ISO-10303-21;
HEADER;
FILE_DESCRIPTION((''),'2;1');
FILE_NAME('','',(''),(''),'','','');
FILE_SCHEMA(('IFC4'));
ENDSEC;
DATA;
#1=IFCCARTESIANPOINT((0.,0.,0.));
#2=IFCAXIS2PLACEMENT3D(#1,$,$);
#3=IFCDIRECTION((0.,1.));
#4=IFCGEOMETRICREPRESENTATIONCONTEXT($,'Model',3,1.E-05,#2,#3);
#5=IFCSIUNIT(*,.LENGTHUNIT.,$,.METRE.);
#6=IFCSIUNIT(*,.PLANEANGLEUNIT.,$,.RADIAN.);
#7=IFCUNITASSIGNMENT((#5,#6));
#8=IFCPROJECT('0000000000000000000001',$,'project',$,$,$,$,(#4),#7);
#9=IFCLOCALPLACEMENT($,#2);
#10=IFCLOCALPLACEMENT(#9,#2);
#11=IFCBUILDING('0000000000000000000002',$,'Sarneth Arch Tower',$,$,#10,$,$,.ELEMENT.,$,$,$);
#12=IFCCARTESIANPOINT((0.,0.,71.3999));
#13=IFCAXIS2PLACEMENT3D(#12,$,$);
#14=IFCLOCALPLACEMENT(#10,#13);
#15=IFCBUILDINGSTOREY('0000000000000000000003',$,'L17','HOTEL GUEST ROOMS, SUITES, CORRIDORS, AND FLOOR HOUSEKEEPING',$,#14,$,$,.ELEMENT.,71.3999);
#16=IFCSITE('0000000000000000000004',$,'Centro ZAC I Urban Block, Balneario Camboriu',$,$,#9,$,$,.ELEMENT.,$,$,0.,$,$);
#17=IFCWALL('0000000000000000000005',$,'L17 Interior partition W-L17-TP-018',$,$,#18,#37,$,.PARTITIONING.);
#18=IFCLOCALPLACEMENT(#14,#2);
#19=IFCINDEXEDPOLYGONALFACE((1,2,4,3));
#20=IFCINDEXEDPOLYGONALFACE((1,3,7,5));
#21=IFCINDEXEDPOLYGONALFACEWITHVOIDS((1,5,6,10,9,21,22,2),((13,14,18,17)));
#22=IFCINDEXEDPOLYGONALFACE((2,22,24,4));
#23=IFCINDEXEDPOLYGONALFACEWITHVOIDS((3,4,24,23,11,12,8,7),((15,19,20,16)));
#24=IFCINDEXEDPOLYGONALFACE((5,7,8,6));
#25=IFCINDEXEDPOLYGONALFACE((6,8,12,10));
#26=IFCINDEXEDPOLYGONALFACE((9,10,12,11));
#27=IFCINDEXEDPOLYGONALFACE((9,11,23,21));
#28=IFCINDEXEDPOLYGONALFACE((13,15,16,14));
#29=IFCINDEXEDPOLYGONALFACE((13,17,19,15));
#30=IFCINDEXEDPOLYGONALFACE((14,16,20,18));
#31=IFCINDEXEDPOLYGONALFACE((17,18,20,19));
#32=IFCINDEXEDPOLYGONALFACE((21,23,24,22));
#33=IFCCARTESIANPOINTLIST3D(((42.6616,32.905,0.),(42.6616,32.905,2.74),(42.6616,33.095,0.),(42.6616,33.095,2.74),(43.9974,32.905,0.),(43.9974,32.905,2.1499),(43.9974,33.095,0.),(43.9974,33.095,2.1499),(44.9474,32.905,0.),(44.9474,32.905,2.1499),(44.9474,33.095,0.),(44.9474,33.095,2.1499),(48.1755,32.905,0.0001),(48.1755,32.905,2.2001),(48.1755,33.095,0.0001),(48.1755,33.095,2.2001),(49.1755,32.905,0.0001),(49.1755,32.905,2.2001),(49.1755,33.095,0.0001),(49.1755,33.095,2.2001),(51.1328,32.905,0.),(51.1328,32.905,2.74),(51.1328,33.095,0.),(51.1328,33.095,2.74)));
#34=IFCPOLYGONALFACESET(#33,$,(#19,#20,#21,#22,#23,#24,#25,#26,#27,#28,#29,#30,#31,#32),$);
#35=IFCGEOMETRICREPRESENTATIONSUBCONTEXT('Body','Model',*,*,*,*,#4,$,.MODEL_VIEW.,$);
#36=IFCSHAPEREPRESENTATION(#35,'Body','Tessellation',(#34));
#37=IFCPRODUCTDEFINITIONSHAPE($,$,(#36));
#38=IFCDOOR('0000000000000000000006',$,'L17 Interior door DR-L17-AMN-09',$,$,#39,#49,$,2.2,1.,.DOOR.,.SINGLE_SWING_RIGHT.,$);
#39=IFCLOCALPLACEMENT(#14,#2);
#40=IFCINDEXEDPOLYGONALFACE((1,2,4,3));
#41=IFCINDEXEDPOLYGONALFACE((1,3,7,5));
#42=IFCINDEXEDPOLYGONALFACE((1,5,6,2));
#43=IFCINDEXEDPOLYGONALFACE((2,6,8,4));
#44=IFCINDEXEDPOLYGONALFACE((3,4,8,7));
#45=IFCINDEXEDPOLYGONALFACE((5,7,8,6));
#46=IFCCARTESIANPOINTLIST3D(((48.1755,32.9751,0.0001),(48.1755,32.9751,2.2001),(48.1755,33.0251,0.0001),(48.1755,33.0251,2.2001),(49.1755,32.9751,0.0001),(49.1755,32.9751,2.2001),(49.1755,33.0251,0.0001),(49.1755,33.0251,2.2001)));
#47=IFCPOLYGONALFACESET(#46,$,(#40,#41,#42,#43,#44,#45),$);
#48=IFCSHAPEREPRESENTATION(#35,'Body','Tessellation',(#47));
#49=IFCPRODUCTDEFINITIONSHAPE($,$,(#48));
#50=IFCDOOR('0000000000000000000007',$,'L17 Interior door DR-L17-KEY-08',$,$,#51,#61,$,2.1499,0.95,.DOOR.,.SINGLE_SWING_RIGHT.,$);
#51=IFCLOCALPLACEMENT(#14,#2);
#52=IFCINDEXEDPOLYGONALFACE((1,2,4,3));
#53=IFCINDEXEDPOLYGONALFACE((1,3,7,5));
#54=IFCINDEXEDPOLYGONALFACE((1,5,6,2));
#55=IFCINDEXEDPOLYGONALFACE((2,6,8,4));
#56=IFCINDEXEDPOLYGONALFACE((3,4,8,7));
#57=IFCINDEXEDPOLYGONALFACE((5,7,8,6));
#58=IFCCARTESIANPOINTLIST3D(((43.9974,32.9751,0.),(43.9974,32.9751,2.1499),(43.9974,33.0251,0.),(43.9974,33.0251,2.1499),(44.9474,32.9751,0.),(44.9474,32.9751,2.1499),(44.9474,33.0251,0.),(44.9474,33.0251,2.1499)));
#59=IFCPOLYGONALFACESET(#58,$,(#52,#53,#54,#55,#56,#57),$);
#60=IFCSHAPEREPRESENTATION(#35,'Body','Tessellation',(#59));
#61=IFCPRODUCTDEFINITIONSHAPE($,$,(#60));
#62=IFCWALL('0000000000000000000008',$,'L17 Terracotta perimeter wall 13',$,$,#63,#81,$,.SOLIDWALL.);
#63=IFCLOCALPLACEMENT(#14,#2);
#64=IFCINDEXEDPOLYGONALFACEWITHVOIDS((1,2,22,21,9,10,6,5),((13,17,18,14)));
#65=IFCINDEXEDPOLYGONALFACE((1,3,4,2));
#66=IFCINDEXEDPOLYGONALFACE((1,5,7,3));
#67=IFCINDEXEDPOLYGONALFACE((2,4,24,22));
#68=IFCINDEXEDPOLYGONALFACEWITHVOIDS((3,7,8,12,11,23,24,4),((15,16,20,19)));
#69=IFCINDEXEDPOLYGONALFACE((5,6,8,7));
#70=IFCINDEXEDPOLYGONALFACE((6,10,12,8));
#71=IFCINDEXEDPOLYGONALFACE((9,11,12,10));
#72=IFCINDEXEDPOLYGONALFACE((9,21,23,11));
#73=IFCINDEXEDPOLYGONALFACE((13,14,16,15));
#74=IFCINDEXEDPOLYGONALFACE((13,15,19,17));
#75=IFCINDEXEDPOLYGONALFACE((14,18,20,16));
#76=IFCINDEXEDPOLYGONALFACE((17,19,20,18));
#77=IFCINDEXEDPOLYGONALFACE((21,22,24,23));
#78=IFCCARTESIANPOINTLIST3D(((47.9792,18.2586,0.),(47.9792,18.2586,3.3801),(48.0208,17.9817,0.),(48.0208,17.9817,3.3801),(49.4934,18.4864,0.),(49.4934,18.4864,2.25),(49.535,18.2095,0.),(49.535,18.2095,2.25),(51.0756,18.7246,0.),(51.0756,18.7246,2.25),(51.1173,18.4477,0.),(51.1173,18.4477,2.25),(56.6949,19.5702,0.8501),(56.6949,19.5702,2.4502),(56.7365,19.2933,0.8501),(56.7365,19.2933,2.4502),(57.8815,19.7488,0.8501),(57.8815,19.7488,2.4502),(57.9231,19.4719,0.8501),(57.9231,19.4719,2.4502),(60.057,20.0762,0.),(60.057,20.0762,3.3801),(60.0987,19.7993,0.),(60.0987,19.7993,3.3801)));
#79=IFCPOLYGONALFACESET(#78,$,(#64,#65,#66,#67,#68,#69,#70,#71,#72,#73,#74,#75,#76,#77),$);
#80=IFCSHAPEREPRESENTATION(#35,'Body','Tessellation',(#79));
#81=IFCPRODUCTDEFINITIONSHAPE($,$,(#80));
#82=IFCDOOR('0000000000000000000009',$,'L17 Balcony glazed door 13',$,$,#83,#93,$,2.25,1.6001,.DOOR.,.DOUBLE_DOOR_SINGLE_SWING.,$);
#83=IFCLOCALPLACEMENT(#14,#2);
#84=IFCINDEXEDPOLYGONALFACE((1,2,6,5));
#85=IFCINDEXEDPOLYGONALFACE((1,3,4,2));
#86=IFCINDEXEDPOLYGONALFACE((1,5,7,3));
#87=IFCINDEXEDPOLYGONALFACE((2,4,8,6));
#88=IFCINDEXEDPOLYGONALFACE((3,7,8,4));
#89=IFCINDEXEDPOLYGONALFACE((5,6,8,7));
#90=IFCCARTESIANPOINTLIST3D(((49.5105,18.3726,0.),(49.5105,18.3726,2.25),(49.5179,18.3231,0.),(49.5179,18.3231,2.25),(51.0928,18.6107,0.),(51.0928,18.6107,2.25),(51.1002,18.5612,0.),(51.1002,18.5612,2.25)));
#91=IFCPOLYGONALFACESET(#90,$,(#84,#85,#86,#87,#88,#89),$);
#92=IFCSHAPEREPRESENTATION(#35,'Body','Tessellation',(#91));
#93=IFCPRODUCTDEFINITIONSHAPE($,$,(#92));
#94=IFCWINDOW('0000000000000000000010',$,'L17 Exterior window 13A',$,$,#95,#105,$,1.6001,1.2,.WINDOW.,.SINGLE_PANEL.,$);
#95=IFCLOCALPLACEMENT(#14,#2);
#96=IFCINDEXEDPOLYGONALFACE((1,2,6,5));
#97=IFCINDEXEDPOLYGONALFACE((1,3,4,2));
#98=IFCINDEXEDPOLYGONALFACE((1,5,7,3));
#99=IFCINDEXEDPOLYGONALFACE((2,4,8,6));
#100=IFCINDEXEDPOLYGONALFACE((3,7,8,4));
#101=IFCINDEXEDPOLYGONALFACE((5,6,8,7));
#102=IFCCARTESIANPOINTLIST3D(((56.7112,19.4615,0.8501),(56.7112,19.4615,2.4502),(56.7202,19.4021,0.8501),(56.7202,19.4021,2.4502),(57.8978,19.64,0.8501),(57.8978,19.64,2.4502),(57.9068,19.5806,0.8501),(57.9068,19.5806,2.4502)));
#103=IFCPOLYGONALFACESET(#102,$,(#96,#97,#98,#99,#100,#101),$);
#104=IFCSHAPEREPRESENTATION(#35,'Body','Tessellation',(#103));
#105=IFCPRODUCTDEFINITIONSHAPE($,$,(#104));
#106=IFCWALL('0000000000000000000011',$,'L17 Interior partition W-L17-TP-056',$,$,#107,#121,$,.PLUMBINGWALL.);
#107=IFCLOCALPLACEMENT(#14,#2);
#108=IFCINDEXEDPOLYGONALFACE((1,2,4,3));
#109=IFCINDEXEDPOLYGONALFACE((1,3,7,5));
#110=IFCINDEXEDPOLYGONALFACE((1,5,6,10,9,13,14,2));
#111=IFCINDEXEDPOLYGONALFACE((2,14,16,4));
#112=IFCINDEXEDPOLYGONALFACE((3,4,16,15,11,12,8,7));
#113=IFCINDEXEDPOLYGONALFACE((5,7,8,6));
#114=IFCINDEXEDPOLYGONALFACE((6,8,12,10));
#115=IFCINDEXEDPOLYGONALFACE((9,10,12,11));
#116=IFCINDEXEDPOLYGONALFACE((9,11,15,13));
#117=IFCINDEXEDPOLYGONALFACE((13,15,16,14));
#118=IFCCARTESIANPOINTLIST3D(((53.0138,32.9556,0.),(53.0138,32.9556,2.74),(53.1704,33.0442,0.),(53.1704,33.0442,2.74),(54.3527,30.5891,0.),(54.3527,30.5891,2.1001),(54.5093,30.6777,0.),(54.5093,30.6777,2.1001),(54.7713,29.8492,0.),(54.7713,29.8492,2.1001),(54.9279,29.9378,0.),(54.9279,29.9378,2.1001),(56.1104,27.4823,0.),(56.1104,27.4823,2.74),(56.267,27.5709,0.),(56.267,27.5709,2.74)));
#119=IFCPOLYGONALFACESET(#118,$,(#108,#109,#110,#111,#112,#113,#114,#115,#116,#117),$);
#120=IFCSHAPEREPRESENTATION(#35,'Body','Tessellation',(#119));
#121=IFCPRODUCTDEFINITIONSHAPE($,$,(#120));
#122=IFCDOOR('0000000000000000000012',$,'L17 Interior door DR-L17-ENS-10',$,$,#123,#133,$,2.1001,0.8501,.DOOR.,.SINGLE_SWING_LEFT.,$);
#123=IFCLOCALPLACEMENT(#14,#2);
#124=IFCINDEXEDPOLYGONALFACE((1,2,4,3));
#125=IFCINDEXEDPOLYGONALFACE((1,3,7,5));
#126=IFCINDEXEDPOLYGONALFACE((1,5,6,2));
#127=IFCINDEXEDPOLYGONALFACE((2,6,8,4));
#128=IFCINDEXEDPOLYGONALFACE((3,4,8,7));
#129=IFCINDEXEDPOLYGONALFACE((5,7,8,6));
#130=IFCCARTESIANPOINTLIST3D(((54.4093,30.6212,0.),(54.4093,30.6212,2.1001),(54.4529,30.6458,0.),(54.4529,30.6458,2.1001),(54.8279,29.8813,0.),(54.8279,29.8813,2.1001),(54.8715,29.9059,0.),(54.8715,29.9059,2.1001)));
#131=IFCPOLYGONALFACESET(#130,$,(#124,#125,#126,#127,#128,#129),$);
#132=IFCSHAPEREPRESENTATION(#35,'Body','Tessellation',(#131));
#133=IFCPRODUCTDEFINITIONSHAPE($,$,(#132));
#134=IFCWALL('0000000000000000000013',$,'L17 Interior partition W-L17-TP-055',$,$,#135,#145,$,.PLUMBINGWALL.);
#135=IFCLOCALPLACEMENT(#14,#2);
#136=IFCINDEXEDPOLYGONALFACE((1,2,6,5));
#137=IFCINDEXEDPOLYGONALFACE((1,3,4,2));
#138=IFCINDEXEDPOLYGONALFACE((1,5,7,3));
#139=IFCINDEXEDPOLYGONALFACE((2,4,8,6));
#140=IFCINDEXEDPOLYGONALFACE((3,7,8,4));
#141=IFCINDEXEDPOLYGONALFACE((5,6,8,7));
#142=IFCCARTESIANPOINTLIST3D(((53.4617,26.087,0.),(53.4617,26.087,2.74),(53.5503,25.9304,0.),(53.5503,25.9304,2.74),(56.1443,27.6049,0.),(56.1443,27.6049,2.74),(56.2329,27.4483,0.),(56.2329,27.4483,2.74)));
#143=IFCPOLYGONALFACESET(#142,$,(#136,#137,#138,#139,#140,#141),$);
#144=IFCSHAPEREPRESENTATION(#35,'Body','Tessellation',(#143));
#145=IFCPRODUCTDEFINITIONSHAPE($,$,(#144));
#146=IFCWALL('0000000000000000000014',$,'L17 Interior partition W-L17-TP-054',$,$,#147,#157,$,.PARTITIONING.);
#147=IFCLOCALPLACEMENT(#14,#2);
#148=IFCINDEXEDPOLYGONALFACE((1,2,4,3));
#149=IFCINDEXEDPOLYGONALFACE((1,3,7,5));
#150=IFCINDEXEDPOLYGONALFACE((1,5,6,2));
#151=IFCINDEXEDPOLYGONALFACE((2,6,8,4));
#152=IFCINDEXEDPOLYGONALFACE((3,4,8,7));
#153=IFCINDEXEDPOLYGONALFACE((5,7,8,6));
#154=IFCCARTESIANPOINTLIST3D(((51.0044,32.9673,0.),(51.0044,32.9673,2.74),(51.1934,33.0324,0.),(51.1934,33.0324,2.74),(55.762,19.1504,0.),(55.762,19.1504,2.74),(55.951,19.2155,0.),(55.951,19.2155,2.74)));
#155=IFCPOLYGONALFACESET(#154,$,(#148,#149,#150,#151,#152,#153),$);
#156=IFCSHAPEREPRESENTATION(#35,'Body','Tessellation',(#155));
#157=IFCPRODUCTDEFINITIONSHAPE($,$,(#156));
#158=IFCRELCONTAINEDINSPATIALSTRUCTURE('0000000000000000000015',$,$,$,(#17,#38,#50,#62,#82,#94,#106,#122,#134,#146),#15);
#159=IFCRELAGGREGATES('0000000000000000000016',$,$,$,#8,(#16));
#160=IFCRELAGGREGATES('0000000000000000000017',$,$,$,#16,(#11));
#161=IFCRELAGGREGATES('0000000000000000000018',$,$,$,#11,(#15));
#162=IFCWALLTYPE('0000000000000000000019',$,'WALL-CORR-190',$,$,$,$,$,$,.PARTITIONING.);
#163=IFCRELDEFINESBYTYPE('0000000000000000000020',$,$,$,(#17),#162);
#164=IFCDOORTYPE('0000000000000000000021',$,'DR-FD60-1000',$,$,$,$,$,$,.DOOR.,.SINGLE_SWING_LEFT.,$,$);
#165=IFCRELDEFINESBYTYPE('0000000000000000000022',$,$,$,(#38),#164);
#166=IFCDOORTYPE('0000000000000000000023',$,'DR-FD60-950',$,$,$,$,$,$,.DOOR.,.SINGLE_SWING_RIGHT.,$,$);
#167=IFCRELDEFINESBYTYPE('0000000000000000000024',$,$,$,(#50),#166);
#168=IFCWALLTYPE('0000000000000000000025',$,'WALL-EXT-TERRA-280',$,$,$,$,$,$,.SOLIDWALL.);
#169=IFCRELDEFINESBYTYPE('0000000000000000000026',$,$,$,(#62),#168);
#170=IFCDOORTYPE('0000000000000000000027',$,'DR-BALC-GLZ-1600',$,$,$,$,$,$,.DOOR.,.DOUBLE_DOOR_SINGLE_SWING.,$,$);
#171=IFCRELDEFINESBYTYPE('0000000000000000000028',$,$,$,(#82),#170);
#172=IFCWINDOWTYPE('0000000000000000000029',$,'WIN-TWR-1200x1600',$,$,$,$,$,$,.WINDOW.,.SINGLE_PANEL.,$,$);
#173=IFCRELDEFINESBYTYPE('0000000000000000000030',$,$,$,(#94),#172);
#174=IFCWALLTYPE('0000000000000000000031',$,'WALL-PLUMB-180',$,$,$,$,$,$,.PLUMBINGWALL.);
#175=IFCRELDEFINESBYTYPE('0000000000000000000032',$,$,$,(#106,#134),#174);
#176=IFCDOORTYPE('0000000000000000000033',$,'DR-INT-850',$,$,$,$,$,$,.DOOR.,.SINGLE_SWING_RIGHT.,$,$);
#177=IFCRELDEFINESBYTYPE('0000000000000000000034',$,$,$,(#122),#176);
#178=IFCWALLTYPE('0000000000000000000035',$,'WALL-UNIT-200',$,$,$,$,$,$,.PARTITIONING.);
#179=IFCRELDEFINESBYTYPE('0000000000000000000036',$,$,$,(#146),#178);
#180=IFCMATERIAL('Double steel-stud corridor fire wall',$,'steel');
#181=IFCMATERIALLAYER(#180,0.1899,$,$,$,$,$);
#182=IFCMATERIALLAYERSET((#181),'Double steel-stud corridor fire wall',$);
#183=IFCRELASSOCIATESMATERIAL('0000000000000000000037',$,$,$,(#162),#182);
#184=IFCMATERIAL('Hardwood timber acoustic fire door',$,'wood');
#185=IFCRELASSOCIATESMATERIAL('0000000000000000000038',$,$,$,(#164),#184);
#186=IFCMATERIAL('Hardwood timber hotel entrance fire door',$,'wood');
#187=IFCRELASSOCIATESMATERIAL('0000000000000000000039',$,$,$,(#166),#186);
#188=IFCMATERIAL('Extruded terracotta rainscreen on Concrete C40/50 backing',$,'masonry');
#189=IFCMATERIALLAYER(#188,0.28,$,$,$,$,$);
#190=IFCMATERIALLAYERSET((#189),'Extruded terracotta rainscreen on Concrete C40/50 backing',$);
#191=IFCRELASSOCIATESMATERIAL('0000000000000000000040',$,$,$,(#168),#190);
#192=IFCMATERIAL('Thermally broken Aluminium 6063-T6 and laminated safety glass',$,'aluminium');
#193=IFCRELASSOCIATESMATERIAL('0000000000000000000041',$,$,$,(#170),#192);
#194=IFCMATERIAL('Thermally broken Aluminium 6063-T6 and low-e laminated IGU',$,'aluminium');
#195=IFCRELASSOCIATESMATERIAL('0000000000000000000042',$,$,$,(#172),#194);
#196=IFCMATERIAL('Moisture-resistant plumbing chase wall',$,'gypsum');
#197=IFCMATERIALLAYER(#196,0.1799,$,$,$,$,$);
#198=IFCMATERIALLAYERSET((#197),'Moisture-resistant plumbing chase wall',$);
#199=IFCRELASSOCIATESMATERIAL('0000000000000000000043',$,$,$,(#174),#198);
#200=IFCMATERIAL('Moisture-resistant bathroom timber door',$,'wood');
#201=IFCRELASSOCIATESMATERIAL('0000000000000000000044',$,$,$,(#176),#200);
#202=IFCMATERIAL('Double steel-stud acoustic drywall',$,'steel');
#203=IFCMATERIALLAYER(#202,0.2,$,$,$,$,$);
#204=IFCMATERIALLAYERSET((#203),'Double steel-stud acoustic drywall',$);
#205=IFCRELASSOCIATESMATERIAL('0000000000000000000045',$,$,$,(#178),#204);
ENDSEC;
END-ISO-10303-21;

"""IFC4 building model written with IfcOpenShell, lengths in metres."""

from ifc_helpers import new_model, si_unit, direction, frame, frame_2d, origin, place, context, subcontext, project, spatial, rectangle, extrude, material, layer, layer_set, type_object, element, fill, save


model = new_model("IFC4")

# Units and contexts
model_context = context("Model", 3, precision=1e-05, world=origin(), true_north=direction((0.0, 1.0)))
body_context = subcontext(model_context, "Body", "Model", "MODEL_VIEW")
ifc_project = project(units=[si_unit("LENGTHUNIT", "METRE"), si_unit("PLANEANGLEUNIT", "RADIAN")], contexts=[model_context])

# Site, building, storey
site_placement = place(None, origin())
site = spatial("IfcSite", under=ifc_project, at=site_placement, Name="Centro ZAC I Urban Block, Balneario Camboriu", CompositionType="ELEMENT", RefElevation=0.0)
building_placement = place(site_placement, origin())
building = spatial("IfcBuilding", under=site, at=building_placement, Name="Sarneth Arch Tower", CompositionType="ELEMENT")
storey_placement = place(building_placement, frame((0.0, 0.0, 71.3999)))
storey = spatial("IfcBuildingStorey", under=building, at=storey_placement, Name="L17", Description="HOTEL GUEST ROOMS, SUITES, CORRIDORS, AND FLOOR HOUSEKEEPING", CompositionType="ELEMENT", Elevation=71.3999)

# Wall, openings, doors
ifc_material_1 = material(Name="Double steel-stud corridor fire wall", Category="steel")
ifc_layer_1 = layer(ifc_material_1, 0.1899)
ifc_layer_set_1 = layer_set([ifc_layer_1], Name="Double steel-stud corridor fire wall")
wall_type_1 = type_object("IfcWallType", Name="WALL-CORR-190", PredefinedType="PARTITIONING", material=ifc_layer_set_1)
wall_1_placement = place(storey_placement, frame((51.1328, 33.0, 0.0), z_axis=(0.0, 0.0, 1.0), x_axis=(-1.0, 0.0, 0.0)))
wall_1 = element("IfcWall", 1, at=wall_1_placement, inside=storey, type_object=wall_type_1, Name="L17 Interior partition W-L17-TP-018", PredefinedType="PARTITIONING", context=body_context, shape_type="SweptSolid", body=[
    extrude(rectangle(XDim=8.4712, YDim=0.1899, at=frame_2d((4.2356, 0.0))), origin(), (0.0, 0.0, 1.0), 2.74),
])
opening_1_placement = place(wall_1_placement, frame((1.9573, 0.0, 0.0)))
opening_1 = element("IfcOpeningElement", 2, at=opening_1_placement, cuts=wall_1, PredefinedType="OPENING", context=body_context, shape_type="SweptSolid", body=[
    extrude(rectangle(XDim=1.0, YDim=2.2, at=frame_2d((0.5, 1.1001))), frame((0.0, 0.105, 0.0), z_axis=(0.0, -1.0, 0.0), x_axis=(1.0, 0.0, 0.0)), (0.0, 0.0, 1.0), 0.21),
])
opening_2_placement = place(wall_1_placement, frame((6.1853, 0.0, 0.0)))
opening_2 = element("IfcOpeningElement", 3, at=opening_2_placement, cuts=wall_1, PredefinedType="OPENING", context=body_context, shape_type="SweptSolid", body=[
    extrude(rectangle(XDim=0.95, YDim=2.1499, at=frame_2d((0.4751, 1.075))), frame((0.0, 0.105, 0.0), z_axis=(0.0, -1.0, 0.0), x_axis=(1.0, 0.0, 0.0)), (0.0, 0.0, 1.0), 0.21),
])
ifc_material_2 = material(Name="Hardwood timber acoustic fire door", Category="wood")
door_type_1 = type_object("IfcDoorType", Name="DR-FD60-1000", OperationType="SINGLE_SWING_LEFT", PredefinedType="DOOR", material=ifc_material_2)
door_1_placement = place(opening_1_placement, origin())
door_1 = element("IfcDoor", 4, at=door_1_placement, inside=storey, type_object=door_type_1, Name="L17 Interior door DR-L17-AMN-09", OperationType="SINGLE_SWING_RIGHT", OverallHeight=2.2, OverallWidth=1.0, PredefinedType="DOOR", context=body_context, shape_type="SweptSolid", body=[
    extrude(rectangle(XDim=1.0, YDim=2.2, at=frame_2d((0.5, 1.1001))), frame((0.0, 0.0249, 0.0), z_axis=(0.0, -1.0, 0.0), x_axis=(1.0, 0.0, 0.0)), (0.0, 0.0, 1.0), 0.05),
])
fill(opening_1, door_1)
ifc_material_3 = material(Name="Hardwood timber hotel entrance fire door", Category="wood")
door_type_2 = type_object("IfcDoorType", Name="DR-FD60-950", OperationType="SINGLE_SWING_RIGHT", PredefinedType="DOOR", material=ifc_material_3)
door_2_placement = place(opening_2_placement, origin())
door_2 = element("IfcDoor", 5, at=door_2_placement, inside=storey, type_object=door_type_2, Name="L17 Interior door DR-L17-KEY-08", OperationType="SINGLE_SWING_RIGHT", OverallHeight=2.1499, OverallWidth=0.95, PredefinedType="DOOR", context=body_context, shape_type="SweptSolid", body=[
    extrude(rectangle(XDim=0.95, YDim=2.1499, at=frame_2d((0.4751, 1.075))), frame((0.0, 0.0249, 0.0), z_axis=(0.0, -1.0, 0.0), x_axis=(1.0, 0.0, 0.0)), (0.0, 0.0, 1.0), 0.05),
])
fill(opening_2, door_2)

# Wall, openings, door, window
ifc_material_4 = material(Name="Extruded terracotta rainscreen on Concrete C40/50 backing", Category="masonry")
ifc_layer_2 = layer(ifc_material_4, 0.28)
ifc_layer_set_2 = layer_set([ifc_layer_2], Name="Extruded terracotta rainscreen on Concrete C40/50 backing")
wall_type_2 = type_object("IfcWallType", Name="WALL-EXT-TERRA-280", PredefinedType="SOLIDWALL", material=ifc_layer_set_2)
wall_2_placement = place(storey_placement, frame((48.0, 18.1201, 0.0), z_axis=(0.0, 0.0, 1.0), x_axis=(0.988865, 0.148816, 0.0)))
wall_2 = element("IfcWall", 6, at=wall_2_placement, inside=storey, type_object=wall_type_2, Name="L17 Terracotta perimeter wall 13", PredefinedType="SOLIDWALL", context=body_context, shape_type="SweptSolid", body=[
    extrude(rectangle(XDim=12.2139, YDim=0.28, at=frame_2d((6.1069, 0.0))), origin(), (0.0, 0.0, 1.0), 3.3801),
])
opening_3_placement = place(wall_2_placement, frame((1.5312, 0.0, 0.0)))
opening_3 = element("IfcOpeningElement", 7, at=opening_3_placement, cuts=wall_2, PredefinedType="OPENING", context=body_context, shape_type="SweptSolid", body=[
    extrude(rectangle(XDim=1.6001, YDim=2.25, at=frame_2d((0.8, 1.125))), frame((0.0, 0.1499, 0.0), z_axis=(0.0, -1.0, 0.0), x_axis=(1.0, 0.0, 0.0)), (0.0, 0.0, 1.0), 0.3),
])
opening_4_placement = place(wall_2_placement, frame((8.8137, 0.0, 0.8501)))
opening_4 = element("IfcOpeningElement", 8, at=opening_4_placement, cuts=wall_2, PredefinedType="OPENING", context=body_context, shape_type="SweptSolid", body=[
    extrude(rectangle(XDim=1.2, YDim=1.6001, at=frame_2d((0.6001, 0.8))), frame((0.0, 0.1499, 0.0), z_axis=(0.0, -1.0, 0.0), x_axis=(1.0, 0.0, 0.0)), (0.0, 0.0, 1.0), 0.3),
])
ifc_material_5 = material(Name="Thermally broken Aluminium 6063-T6 and laminated safety glass", Category="aluminium")
door_type_3 = type_object("IfcDoorType", Name="DR-BALC-GLZ-1600", OperationType="DOUBLE_DOOR_SINGLE_SWING", PredefinedType="DOOR", material=ifc_material_5)
door_3_placement = place(opening_3_placement, origin())
door_3 = element("IfcDoor", 9, at=door_3_placement, inside=storey, type_object=door_type_3, Name="L17 Balcony glazed door 13", OperationType="DOUBLE_DOOR_SINGLE_SWING", OverallHeight=2.25, OverallWidth=1.6001, PredefinedType="DOOR", context=body_context, shape_type="SweptSolid", body=[
    extrude(rectangle(XDim=1.6001, YDim=2.25, at=frame_2d((0.8, 1.125))), frame((0.0, 0.0249, 0.0), z_axis=(0.0, -1.0, 0.0), x_axis=(1.0, 0.0, 0.0)), (0.0, 0.0, 1.0), 0.05),
])
fill(opening_3, door_3)
ifc_material_6 = material(Name="Thermally broken Aluminium 6063-T6 and low-e laminated IGU", Category="aluminium")
window_type = type_object("IfcWindowType", Name="WIN-TWR-1200x1600", PartitioningType="SINGLE_PANEL", PredefinedType="WINDOW", material=ifc_material_6)
window_placement = place(opening_4_placement, origin())
window = element("IfcWindow", 10, at=window_placement, inside=storey, type_object=window_type, Name="L17 Exterior window 13A", OverallHeight=1.6001, OverallWidth=1.2, PartitioningType="SINGLE_PANEL", PredefinedType="WINDOW", context=body_context, shape_type="SweptSolid", body=[
    extrude(rectangle(XDim=1.2, YDim=1.6001, at=frame_2d((0.6001, 0.8))), frame((0.0, 0.03, 0.0), z_axis=(0.0, -1.0, 0.0), x_axis=(1.0, 0.0, 0.0)), (0.0, 0.0, 1.0), 0.0601),
])
fill(opening_4, window)

# Wall, opening, door
ifc_material_7 = material(Name="Moisture-resistant plumbing chase wall", Category="gypsum")
ifc_layer_3 = layer(ifc_material_7, 0.1799)
ifc_layer_set_3 = layer_set([ifc_layer_3], Name="Moisture-resistant plumbing chase wall")
wall_type_3 = type_object("IfcWallType", Name="WALL-PLUMB-180", PredefinedType="PLUMBINGWALL", material=ifc_layer_set_3)
wall_3_placement = place(storey_placement, frame((56.1887, 27.5266, 0.0), z_axis=(0.0, 0.0, 1.0), x_axis=(-0.492422, 0.870357, 0.0)))
wall_3 = element("IfcWall", 11, at=wall_3_placement, inside=storey, type_object=wall_type_3, Name="L17 Interior partition W-L17-TP-056", PredefinedType="PLUMBINGWALL", context=body_context, shape_type="SweptSolid", body=[
    extrude(rectangle(XDim=6.2886, YDim=0.1799, at=frame_2d((3.1443, 0.0))), origin(), (0.0, 0.0, 1.0), 2.74),
])
opening_5_placement = place(wall_3_placement, frame((2.7195, 0.0, 0.0)))
opening_5 = element("IfcOpeningElement", 12, at=opening_5_placement, cuts=wall_3, PredefinedType="OPENING", context=body_context, shape_type="SweptSolid", body=[
    extrude(rectangle(XDim=0.8501, YDim=2.1001, at=frame_2d((0.425, 1.05))), frame((0.0, 0.0999, 0.0), z_axis=(0.0, -1.0, 0.0), x_axis=(1.0, 0.0, 0.0)), (0.0, 0.0, 1.0), 0.2),
])
ifc_material_8 = material(Name="Moisture-resistant bathroom timber door", Category="wood")
door_type_4 = type_object("IfcDoorType", Name="DR-INT-850", OperationType="SINGLE_SWING_RIGHT", PredefinedType="DOOR", material=ifc_material_8)
door_4_placement = place(opening_5_placement, origin())
door_4 = element("IfcDoor", 13, at=door_4_placement, inside=storey, type_object=door_type_4, Name="L17 Interior door DR-L17-ENS-10", OperationType="SINGLE_SWING_LEFT", OverallHeight=2.1001, OverallWidth=0.8501, PredefinedType="DOOR", context=body_context, shape_type="SweptSolid", body=[
    extrude(rectangle(XDim=0.8501, YDim=2.1001, at=frame_2d((0.425, 1.05))), frame((0.0, 0.0249, 0.0), z_axis=(0.0, -1.0, 0.0), x_axis=(1.0, 0.0, 0.0)), (0.0, 0.0, 1.0), 0.05),
])
fill(opening_5, door_4)

# Walls
wall_4_placement = place(storey_placement, frame((53.5061, 26.0088, 0.0), z_axis=(0.0, 0.0, 1.0), x_axis=(0.870346, 0.492441, 0.0)))
element("IfcWall", 14, at=wall_4_placement, inside=storey, type_object=wall_type_3, Name="L17 Interior partition W-L17-TP-055", PredefinedType="PLUMBINGWALL", context=body_context, shape_type="SweptSolid", body=[
    extrude(rectangle(XDim=3.0823, YDim=0.1799, at=frame_2d((1.541, 0.0))), origin(), (0.0, 0.0, 1.0), 2.74),
])
ifc_material_9 = material(Name="Double steel-stud acoustic drywall", Category="steel")
ifc_layer_4 = layer(ifc_material_9, 0.2)
ifc_layer_set_4 = layer_set([ifc_layer_4], Name="Double steel-stud acoustic drywall")
wall_type_4 = type_object("IfcWallType", Name="WALL-UNIT-200", PredefinedType="PARTITIONING", material=ifc_layer_set_4)
wall_5_placement = place(storey_placement, frame((51.0989, 33.0, 0.0), z_axis=(0.0, 0.0, 1.0), x_axis=(0.32557, -0.945518, 0.0)))
element("IfcWall", 15, at=wall_5_placement, inside=storey, type_object=wall_type_4, Name="L17 Interior partition W-L17-TP-054", PredefinedType="PARTITIONING", context=body_context, shape_type="SweptSolid", body=[
    extrude(rectangle(XDim=14.613, YDim=0.2, at=frame_2d((7.3066, 0.0))), origin(), (0.0, 0.0, 1.0), 2.74),
])

save(model, "model.ifc")
